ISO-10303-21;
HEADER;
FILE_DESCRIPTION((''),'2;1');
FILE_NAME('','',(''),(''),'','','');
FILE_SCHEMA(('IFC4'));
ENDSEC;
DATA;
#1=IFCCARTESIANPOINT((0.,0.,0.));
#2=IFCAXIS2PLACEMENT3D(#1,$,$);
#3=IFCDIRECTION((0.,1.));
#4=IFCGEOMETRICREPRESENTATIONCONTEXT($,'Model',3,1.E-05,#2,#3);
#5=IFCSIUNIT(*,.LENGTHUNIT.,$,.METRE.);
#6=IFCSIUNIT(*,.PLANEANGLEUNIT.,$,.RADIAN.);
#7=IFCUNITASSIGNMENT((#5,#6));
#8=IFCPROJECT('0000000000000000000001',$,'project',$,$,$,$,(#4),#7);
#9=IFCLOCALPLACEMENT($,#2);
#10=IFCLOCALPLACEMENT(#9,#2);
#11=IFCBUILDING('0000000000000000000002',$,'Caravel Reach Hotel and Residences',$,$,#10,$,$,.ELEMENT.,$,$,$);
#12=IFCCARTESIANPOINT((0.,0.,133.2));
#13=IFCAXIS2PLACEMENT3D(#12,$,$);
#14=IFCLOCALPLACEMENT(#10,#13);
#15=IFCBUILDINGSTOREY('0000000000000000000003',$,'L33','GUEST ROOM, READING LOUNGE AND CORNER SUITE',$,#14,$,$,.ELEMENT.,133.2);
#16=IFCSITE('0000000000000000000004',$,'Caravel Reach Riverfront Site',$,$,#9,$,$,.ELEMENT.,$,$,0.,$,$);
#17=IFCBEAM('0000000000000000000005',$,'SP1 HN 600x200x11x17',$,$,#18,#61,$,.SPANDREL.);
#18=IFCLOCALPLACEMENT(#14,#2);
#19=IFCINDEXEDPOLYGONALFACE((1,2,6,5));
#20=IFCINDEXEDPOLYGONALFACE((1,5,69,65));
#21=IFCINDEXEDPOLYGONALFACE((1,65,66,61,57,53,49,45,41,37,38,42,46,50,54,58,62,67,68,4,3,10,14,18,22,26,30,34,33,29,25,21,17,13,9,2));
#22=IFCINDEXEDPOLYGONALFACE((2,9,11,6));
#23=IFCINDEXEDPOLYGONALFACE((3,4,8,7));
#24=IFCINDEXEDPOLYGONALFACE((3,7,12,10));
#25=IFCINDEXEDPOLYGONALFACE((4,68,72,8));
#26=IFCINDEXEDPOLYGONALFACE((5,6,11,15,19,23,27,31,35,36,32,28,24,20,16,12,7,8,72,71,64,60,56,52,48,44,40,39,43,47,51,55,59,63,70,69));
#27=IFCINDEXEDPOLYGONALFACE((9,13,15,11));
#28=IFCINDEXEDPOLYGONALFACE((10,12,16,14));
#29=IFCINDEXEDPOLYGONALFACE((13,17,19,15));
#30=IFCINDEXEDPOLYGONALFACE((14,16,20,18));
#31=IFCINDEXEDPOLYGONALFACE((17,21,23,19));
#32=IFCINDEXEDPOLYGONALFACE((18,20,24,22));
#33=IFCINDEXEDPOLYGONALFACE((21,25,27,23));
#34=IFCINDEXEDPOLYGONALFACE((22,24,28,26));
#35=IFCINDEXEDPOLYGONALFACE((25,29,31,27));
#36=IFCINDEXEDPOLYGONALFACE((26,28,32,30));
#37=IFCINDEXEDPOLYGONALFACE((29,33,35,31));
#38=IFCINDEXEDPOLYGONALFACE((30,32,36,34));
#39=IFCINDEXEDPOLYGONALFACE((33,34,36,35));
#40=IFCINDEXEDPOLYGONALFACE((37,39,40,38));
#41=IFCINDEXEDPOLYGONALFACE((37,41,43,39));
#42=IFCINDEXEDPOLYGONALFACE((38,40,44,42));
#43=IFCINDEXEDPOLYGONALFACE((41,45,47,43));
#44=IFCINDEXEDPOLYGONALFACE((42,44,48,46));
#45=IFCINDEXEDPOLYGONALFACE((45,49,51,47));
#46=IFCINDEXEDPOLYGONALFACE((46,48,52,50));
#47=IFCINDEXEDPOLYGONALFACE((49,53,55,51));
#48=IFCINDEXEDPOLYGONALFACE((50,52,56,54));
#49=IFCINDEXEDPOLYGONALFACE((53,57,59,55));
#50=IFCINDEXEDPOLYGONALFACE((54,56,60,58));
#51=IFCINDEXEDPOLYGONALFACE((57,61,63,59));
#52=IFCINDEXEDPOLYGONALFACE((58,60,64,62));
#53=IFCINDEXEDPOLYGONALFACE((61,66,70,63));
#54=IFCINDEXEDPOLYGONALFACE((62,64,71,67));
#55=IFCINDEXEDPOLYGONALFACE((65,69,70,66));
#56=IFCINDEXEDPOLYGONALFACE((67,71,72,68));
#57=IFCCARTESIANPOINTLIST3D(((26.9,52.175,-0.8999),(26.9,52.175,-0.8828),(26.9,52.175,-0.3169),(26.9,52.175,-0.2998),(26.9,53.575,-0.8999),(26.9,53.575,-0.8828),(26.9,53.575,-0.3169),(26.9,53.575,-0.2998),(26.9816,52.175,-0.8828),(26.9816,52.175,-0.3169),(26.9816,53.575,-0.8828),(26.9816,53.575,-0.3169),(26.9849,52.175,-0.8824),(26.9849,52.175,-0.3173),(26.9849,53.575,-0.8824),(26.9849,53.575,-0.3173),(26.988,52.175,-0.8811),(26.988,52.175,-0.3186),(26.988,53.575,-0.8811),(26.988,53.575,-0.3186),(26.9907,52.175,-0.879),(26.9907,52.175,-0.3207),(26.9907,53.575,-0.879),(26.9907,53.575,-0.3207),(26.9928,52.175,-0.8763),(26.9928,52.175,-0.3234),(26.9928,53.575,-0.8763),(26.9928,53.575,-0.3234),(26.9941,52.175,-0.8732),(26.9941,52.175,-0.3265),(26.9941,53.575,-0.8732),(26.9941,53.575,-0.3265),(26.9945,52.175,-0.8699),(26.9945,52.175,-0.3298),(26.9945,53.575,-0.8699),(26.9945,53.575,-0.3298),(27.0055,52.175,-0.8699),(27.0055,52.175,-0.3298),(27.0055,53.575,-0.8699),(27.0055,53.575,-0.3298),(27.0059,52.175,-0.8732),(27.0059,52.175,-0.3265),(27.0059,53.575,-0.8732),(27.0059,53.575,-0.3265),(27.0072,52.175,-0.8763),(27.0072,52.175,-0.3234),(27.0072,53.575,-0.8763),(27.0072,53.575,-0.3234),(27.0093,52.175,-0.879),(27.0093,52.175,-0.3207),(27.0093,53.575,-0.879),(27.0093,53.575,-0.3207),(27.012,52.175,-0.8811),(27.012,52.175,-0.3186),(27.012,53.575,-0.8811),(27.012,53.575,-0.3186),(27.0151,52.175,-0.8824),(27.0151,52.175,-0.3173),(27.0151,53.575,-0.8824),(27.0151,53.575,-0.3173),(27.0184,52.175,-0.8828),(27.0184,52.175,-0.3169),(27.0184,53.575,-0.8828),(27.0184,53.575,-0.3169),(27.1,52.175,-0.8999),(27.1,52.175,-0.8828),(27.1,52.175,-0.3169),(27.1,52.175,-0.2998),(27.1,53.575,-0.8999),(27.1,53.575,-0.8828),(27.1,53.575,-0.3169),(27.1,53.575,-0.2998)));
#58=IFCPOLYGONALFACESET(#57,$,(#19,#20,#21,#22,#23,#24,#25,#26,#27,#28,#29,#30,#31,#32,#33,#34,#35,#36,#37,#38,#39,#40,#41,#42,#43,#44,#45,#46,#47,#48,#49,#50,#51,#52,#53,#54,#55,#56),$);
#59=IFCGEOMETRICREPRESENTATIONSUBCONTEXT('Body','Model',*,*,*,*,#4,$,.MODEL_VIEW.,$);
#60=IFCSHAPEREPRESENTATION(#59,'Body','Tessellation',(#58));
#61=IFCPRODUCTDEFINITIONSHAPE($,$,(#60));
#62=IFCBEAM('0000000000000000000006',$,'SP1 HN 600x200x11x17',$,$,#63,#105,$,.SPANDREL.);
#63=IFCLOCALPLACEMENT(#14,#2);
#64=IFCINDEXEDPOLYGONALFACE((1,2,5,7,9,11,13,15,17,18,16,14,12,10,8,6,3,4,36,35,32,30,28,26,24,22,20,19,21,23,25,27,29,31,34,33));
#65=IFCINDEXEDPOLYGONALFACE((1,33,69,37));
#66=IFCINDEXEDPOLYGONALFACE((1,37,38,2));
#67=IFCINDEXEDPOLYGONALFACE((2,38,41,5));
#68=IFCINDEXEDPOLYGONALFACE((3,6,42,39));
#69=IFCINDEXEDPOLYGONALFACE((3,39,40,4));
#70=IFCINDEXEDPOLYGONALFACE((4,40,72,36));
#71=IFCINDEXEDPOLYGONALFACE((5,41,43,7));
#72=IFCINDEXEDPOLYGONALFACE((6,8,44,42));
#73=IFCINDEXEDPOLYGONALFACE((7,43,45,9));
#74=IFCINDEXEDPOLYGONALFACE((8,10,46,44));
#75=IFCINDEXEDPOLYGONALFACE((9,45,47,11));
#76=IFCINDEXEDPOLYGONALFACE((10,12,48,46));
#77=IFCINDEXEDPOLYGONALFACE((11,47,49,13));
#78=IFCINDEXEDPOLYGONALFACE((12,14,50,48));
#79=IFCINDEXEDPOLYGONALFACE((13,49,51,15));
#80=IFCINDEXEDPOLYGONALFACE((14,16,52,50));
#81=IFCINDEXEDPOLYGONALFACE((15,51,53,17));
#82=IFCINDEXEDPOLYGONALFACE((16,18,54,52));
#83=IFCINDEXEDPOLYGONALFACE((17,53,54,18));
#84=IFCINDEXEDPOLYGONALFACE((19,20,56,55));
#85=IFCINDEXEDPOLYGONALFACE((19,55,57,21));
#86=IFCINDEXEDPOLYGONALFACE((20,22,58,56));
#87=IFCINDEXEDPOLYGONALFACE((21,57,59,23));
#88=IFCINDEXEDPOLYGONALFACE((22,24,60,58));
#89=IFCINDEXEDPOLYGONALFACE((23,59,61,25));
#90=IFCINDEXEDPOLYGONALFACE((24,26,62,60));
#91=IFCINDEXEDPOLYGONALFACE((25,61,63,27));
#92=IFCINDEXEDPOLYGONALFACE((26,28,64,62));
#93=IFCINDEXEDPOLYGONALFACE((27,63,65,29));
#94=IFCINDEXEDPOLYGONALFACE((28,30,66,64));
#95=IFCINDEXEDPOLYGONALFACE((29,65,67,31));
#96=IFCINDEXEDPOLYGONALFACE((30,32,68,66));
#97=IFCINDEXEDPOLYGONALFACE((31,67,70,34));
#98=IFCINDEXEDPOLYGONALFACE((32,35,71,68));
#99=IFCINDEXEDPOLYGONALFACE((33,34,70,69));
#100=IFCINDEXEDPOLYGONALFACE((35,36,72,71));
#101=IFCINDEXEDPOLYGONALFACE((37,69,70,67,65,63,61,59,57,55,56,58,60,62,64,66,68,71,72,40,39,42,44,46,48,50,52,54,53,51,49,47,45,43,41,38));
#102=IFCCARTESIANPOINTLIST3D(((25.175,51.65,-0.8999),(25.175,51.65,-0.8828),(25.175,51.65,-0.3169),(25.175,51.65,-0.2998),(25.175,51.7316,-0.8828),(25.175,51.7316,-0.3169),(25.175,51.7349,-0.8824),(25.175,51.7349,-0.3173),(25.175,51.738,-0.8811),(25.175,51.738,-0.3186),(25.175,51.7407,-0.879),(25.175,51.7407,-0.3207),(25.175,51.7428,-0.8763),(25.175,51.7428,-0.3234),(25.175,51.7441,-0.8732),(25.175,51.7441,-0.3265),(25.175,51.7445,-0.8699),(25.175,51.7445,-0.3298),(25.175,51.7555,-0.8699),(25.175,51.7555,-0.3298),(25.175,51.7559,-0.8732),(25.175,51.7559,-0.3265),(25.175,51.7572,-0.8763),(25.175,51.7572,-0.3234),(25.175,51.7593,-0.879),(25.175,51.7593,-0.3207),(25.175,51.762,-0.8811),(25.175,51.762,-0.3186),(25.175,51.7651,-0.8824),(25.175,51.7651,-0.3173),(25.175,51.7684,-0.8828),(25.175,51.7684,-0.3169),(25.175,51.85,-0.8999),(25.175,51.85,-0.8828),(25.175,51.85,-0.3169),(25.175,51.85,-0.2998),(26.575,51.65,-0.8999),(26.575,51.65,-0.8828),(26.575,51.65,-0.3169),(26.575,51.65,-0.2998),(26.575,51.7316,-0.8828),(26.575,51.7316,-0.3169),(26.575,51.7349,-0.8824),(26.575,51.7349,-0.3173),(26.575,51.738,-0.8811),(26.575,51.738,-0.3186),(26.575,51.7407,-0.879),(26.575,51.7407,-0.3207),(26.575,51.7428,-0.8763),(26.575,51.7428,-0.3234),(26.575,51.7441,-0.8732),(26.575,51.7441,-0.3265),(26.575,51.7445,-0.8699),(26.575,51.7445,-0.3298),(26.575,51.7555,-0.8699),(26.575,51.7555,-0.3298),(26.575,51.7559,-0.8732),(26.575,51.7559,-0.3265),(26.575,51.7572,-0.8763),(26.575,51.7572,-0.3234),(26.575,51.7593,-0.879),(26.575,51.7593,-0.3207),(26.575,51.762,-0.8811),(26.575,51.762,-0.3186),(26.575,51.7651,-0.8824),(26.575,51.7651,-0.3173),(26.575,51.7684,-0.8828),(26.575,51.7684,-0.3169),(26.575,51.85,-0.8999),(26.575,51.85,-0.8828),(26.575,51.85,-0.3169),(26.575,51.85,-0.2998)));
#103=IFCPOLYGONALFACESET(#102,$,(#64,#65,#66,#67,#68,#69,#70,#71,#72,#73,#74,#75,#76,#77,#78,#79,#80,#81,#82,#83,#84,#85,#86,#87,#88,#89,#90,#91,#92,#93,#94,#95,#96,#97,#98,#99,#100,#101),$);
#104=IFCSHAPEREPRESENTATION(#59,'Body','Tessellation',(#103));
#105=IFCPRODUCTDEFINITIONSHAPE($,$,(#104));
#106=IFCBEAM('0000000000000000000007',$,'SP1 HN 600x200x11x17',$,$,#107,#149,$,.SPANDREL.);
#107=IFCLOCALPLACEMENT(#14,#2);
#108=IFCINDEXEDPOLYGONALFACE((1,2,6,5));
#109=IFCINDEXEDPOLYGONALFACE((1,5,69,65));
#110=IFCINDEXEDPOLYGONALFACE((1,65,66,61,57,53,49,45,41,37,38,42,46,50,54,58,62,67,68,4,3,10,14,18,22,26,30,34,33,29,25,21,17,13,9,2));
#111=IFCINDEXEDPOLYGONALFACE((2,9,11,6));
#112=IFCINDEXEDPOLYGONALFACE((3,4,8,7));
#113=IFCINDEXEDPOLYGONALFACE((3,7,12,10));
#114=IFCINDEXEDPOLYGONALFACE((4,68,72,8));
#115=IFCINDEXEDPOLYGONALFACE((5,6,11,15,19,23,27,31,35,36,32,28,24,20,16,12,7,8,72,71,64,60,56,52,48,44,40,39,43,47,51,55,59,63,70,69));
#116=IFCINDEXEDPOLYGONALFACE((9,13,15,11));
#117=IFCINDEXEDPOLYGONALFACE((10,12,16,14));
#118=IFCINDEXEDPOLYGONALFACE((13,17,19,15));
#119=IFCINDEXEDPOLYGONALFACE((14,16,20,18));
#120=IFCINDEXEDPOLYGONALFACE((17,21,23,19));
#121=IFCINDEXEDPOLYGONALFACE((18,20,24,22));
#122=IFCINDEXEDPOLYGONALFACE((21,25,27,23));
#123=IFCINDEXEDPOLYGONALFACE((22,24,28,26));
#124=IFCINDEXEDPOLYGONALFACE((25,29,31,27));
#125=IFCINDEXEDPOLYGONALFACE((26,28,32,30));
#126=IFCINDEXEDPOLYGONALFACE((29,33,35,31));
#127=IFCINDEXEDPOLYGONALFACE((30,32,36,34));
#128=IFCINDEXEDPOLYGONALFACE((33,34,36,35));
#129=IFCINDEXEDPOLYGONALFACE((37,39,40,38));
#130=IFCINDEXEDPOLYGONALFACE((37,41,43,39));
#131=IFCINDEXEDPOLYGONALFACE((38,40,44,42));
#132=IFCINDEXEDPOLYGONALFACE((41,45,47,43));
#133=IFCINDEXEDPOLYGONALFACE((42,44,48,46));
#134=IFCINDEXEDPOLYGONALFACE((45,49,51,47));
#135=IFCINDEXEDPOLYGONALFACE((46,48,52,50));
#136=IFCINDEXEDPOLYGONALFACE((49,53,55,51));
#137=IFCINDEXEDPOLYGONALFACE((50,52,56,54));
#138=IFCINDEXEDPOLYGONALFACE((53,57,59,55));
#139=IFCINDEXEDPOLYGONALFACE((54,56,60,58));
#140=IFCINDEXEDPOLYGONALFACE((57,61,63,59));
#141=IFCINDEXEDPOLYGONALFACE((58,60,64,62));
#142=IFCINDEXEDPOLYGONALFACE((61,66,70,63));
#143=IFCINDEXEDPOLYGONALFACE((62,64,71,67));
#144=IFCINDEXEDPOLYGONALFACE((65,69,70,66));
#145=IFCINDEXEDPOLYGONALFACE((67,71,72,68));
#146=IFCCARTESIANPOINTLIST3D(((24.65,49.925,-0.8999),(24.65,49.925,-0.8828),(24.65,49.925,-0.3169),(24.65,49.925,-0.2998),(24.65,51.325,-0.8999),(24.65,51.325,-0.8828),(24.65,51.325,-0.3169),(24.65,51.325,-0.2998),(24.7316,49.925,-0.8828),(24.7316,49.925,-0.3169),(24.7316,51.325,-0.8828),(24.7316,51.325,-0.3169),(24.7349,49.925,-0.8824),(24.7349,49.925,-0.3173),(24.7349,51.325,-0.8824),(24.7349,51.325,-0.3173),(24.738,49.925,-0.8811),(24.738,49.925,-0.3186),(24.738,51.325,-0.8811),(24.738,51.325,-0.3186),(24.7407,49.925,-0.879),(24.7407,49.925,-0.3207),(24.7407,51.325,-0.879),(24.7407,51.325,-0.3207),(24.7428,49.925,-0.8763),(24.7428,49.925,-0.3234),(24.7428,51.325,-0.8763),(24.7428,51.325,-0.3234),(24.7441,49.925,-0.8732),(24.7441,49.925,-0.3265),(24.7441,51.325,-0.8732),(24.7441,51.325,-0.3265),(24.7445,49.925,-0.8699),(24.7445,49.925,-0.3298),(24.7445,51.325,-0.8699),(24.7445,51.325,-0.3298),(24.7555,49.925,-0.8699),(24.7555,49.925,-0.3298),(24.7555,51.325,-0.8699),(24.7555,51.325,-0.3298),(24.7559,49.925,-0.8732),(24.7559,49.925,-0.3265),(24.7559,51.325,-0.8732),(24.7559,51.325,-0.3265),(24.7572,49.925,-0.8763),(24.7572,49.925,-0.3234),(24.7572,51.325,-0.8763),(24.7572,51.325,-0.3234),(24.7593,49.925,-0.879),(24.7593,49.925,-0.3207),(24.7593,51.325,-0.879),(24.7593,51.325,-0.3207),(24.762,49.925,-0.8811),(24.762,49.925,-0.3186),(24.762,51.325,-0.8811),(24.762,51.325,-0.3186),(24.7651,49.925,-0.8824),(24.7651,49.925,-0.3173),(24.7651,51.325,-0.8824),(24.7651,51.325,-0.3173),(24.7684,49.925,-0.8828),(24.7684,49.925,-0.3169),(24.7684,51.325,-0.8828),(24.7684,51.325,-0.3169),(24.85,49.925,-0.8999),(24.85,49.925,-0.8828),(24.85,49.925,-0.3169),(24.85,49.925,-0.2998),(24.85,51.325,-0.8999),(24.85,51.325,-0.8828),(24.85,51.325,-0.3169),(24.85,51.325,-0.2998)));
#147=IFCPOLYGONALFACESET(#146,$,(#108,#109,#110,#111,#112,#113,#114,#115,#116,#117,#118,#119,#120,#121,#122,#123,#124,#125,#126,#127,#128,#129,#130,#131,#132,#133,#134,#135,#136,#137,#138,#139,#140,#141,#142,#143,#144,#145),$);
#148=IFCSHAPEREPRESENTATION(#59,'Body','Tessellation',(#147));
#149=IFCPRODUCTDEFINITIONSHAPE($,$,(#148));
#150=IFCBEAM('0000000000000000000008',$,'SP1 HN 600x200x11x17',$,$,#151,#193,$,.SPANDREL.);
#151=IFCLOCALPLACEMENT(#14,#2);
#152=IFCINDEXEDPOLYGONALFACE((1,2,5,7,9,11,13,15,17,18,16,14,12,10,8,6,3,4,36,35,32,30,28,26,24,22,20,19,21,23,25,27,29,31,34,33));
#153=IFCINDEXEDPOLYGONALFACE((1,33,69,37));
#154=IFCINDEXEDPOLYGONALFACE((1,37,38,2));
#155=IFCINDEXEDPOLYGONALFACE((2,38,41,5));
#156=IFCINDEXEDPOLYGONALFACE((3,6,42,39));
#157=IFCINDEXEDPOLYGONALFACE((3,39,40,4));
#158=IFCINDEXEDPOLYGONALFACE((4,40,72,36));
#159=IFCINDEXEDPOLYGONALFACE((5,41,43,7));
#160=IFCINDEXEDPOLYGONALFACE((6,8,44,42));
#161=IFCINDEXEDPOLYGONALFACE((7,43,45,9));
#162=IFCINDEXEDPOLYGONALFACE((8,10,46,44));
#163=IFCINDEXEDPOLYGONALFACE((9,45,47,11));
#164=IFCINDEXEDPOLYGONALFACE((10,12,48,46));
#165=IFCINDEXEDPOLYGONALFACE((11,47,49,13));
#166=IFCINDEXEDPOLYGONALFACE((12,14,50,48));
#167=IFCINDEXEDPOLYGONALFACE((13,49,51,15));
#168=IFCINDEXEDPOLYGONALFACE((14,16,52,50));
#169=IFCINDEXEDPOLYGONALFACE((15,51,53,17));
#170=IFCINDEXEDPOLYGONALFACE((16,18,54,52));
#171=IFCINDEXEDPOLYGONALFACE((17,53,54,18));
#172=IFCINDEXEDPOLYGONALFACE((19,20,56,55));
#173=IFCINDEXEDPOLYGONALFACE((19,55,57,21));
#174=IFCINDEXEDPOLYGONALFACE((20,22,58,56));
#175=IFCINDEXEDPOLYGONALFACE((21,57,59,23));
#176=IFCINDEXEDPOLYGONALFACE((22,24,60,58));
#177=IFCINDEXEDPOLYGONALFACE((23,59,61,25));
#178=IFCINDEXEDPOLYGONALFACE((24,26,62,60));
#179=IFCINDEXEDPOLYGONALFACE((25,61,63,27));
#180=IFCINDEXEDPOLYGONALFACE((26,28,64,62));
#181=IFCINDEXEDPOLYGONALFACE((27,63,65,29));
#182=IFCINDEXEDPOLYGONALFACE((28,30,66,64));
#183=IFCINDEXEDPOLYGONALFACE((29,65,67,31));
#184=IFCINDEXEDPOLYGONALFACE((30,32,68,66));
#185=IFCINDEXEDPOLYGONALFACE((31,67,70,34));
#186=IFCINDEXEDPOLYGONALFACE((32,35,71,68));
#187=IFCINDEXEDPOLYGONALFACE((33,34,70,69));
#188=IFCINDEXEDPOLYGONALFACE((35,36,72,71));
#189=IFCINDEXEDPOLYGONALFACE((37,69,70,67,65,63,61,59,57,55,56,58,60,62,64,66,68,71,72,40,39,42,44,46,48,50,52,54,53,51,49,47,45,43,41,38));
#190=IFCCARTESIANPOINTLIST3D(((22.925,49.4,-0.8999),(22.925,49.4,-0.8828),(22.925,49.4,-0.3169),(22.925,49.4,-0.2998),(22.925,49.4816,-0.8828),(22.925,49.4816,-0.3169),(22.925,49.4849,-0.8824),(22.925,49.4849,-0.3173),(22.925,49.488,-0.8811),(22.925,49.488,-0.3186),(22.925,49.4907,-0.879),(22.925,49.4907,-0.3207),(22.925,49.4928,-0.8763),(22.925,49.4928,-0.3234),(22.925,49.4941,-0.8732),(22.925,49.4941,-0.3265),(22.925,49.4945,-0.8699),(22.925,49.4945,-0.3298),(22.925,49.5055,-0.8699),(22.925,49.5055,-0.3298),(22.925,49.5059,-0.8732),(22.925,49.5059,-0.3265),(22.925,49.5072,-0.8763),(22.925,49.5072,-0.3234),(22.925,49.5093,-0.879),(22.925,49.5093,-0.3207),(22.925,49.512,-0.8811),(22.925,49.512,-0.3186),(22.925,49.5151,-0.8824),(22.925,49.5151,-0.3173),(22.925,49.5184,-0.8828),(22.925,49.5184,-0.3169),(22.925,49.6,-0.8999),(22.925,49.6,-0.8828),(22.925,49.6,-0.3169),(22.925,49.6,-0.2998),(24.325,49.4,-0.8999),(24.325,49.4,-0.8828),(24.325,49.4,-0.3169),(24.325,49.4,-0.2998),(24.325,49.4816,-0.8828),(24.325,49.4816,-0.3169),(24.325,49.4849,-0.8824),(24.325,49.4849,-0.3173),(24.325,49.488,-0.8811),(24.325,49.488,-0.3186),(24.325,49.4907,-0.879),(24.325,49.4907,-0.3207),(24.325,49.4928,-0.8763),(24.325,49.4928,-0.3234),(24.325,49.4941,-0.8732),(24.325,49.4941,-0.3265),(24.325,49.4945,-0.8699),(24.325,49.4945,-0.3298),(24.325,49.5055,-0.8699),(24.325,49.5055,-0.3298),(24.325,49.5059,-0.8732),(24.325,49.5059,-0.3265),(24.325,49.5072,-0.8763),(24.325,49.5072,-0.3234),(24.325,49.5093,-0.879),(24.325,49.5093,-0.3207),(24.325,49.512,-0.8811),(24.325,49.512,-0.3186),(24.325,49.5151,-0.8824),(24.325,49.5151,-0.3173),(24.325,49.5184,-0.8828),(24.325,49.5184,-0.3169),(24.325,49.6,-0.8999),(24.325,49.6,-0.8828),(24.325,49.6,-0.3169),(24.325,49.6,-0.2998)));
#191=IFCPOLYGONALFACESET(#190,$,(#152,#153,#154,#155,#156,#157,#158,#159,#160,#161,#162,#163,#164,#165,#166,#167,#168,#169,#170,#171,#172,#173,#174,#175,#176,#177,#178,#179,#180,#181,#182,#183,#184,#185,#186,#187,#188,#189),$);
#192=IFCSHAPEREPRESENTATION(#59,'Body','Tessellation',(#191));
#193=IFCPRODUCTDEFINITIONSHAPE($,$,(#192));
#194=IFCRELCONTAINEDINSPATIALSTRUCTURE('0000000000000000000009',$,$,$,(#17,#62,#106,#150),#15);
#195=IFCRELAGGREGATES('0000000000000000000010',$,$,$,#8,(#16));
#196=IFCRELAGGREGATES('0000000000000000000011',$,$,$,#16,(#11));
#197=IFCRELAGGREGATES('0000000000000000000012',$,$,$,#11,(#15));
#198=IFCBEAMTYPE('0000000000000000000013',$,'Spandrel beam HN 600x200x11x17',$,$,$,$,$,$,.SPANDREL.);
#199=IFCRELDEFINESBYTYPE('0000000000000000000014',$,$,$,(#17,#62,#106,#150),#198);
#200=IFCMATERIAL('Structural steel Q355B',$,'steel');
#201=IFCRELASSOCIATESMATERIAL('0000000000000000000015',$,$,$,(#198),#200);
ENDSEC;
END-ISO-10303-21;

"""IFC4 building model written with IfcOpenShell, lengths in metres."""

from ifc_helpers import new_model, si_unit, direction, frame, origin, origin_2d, place, context, subcontext, project, spatial, i_section, extrude, material, material_profile, profile_set, type_object, element, save


model = new_model("IFC4")

# Units and contexts
model_context = context("Model", 3, precision=1e-05, world=origin(), true_north=direction((0.0, 1.0)))
body_context = subcontext(model_context, "Body", "Model", "MODEL_VIEW")
ifc_project = project(units=[si_unit("LENGTHUNIT", "METRE"), si_unit("PLANEANGLEUNIT", "RADIAN")], contexts=[model_context])

# Site, building, storey
site_placement = place(None, origin())
site = spatial("IfcSite", under=ifc_project, at=site_placement, Name="Caravel Reach Riverfront Site", CompositionType="ELEMENT", RefElevation=0.0)
building_placement = place(site_placement, origin())
building = spatial("IfcBuilding", under=site, at=building_placement, Name="Caravel Reach Hotel and Residences", CompositionType="ELEMENT")
storey_placement = place(building_placement, frame((0.0, 0.0, 133.2)))
storey = spatial("IfcBuildingStorey", under=building, at=storey_placement, Name="L33", Description="GUEST ROOM, READING LOUNGE AND CORNER SUITE", CompositionType="ELEMENT", Elevation=133.2)

# Beams
ifc_material_1 = material(Name="Structural steel Q355B", Category="steel")
ifc_material_profile_1 = material_profile(ifc_material_1, i_section(OverallWidth=0.2, OverallDepth=0.6001, WebThickness=0.011, FlangeThickness=0.0171, FilletRadius=0.0129, at=origin_2d()), Name="HN 600x200x11x17")
ifc_profile_set_1 = profile_set([ifc_material_profile_1], Name="Structural steel Q355B")
beam_type_1 = type_object("IfcBeamType", Name="Spandrel beam HN 600x200x11x17", PredefinedType="SPANDREL", material=ifc_profile_set_1)
for number, where, z_axis, x_axis, name in (
    (1, (27.0, 53.575, -0.5999), (0.0, -1.0, 0.0), (1.0, 0.0, 0.0), "SP1 HN 600x200x11x17"),
    (2, (26.575, 51.75, -0.5999), (-1.0, 0.0, 0.0), (0.0, -1.0, 0.0), "SP1 HN 600x200x11x17"),
    (3, (24.75, 51.325, -0.5999), (0.0, -1.0, 0.0), (1.0, 0.0, 0.0), "SP1 HN 600x200x11x17"),
    (4, (24.325, 49.5, -0.5999), (-1.0, 0.0, 0.0), (0.0, -1.0, 0.0), "SP1 HN 600x200x11x17"),
):
    element("IfcBeam", number, at=place(storey_placement, frame(where, z_axis=z_axis, x_axis=x_axis)), inside=storey, type_object=beam_type_1, Name=name, PredefinedType="SPANDREL", context=body_context, shape_type="SweptSolid", body=[
        extrude(i_section(OverallWidth=0.2, OverallDepth=0.6001, WebThickness=0.011, FlangeThickness=0.0171, FilletRadius=0.0129, at=origin_2d()), origin(), (0.0, 0.0, 1.0), 1.3999),
    ])

save(model, "model.ifc")
